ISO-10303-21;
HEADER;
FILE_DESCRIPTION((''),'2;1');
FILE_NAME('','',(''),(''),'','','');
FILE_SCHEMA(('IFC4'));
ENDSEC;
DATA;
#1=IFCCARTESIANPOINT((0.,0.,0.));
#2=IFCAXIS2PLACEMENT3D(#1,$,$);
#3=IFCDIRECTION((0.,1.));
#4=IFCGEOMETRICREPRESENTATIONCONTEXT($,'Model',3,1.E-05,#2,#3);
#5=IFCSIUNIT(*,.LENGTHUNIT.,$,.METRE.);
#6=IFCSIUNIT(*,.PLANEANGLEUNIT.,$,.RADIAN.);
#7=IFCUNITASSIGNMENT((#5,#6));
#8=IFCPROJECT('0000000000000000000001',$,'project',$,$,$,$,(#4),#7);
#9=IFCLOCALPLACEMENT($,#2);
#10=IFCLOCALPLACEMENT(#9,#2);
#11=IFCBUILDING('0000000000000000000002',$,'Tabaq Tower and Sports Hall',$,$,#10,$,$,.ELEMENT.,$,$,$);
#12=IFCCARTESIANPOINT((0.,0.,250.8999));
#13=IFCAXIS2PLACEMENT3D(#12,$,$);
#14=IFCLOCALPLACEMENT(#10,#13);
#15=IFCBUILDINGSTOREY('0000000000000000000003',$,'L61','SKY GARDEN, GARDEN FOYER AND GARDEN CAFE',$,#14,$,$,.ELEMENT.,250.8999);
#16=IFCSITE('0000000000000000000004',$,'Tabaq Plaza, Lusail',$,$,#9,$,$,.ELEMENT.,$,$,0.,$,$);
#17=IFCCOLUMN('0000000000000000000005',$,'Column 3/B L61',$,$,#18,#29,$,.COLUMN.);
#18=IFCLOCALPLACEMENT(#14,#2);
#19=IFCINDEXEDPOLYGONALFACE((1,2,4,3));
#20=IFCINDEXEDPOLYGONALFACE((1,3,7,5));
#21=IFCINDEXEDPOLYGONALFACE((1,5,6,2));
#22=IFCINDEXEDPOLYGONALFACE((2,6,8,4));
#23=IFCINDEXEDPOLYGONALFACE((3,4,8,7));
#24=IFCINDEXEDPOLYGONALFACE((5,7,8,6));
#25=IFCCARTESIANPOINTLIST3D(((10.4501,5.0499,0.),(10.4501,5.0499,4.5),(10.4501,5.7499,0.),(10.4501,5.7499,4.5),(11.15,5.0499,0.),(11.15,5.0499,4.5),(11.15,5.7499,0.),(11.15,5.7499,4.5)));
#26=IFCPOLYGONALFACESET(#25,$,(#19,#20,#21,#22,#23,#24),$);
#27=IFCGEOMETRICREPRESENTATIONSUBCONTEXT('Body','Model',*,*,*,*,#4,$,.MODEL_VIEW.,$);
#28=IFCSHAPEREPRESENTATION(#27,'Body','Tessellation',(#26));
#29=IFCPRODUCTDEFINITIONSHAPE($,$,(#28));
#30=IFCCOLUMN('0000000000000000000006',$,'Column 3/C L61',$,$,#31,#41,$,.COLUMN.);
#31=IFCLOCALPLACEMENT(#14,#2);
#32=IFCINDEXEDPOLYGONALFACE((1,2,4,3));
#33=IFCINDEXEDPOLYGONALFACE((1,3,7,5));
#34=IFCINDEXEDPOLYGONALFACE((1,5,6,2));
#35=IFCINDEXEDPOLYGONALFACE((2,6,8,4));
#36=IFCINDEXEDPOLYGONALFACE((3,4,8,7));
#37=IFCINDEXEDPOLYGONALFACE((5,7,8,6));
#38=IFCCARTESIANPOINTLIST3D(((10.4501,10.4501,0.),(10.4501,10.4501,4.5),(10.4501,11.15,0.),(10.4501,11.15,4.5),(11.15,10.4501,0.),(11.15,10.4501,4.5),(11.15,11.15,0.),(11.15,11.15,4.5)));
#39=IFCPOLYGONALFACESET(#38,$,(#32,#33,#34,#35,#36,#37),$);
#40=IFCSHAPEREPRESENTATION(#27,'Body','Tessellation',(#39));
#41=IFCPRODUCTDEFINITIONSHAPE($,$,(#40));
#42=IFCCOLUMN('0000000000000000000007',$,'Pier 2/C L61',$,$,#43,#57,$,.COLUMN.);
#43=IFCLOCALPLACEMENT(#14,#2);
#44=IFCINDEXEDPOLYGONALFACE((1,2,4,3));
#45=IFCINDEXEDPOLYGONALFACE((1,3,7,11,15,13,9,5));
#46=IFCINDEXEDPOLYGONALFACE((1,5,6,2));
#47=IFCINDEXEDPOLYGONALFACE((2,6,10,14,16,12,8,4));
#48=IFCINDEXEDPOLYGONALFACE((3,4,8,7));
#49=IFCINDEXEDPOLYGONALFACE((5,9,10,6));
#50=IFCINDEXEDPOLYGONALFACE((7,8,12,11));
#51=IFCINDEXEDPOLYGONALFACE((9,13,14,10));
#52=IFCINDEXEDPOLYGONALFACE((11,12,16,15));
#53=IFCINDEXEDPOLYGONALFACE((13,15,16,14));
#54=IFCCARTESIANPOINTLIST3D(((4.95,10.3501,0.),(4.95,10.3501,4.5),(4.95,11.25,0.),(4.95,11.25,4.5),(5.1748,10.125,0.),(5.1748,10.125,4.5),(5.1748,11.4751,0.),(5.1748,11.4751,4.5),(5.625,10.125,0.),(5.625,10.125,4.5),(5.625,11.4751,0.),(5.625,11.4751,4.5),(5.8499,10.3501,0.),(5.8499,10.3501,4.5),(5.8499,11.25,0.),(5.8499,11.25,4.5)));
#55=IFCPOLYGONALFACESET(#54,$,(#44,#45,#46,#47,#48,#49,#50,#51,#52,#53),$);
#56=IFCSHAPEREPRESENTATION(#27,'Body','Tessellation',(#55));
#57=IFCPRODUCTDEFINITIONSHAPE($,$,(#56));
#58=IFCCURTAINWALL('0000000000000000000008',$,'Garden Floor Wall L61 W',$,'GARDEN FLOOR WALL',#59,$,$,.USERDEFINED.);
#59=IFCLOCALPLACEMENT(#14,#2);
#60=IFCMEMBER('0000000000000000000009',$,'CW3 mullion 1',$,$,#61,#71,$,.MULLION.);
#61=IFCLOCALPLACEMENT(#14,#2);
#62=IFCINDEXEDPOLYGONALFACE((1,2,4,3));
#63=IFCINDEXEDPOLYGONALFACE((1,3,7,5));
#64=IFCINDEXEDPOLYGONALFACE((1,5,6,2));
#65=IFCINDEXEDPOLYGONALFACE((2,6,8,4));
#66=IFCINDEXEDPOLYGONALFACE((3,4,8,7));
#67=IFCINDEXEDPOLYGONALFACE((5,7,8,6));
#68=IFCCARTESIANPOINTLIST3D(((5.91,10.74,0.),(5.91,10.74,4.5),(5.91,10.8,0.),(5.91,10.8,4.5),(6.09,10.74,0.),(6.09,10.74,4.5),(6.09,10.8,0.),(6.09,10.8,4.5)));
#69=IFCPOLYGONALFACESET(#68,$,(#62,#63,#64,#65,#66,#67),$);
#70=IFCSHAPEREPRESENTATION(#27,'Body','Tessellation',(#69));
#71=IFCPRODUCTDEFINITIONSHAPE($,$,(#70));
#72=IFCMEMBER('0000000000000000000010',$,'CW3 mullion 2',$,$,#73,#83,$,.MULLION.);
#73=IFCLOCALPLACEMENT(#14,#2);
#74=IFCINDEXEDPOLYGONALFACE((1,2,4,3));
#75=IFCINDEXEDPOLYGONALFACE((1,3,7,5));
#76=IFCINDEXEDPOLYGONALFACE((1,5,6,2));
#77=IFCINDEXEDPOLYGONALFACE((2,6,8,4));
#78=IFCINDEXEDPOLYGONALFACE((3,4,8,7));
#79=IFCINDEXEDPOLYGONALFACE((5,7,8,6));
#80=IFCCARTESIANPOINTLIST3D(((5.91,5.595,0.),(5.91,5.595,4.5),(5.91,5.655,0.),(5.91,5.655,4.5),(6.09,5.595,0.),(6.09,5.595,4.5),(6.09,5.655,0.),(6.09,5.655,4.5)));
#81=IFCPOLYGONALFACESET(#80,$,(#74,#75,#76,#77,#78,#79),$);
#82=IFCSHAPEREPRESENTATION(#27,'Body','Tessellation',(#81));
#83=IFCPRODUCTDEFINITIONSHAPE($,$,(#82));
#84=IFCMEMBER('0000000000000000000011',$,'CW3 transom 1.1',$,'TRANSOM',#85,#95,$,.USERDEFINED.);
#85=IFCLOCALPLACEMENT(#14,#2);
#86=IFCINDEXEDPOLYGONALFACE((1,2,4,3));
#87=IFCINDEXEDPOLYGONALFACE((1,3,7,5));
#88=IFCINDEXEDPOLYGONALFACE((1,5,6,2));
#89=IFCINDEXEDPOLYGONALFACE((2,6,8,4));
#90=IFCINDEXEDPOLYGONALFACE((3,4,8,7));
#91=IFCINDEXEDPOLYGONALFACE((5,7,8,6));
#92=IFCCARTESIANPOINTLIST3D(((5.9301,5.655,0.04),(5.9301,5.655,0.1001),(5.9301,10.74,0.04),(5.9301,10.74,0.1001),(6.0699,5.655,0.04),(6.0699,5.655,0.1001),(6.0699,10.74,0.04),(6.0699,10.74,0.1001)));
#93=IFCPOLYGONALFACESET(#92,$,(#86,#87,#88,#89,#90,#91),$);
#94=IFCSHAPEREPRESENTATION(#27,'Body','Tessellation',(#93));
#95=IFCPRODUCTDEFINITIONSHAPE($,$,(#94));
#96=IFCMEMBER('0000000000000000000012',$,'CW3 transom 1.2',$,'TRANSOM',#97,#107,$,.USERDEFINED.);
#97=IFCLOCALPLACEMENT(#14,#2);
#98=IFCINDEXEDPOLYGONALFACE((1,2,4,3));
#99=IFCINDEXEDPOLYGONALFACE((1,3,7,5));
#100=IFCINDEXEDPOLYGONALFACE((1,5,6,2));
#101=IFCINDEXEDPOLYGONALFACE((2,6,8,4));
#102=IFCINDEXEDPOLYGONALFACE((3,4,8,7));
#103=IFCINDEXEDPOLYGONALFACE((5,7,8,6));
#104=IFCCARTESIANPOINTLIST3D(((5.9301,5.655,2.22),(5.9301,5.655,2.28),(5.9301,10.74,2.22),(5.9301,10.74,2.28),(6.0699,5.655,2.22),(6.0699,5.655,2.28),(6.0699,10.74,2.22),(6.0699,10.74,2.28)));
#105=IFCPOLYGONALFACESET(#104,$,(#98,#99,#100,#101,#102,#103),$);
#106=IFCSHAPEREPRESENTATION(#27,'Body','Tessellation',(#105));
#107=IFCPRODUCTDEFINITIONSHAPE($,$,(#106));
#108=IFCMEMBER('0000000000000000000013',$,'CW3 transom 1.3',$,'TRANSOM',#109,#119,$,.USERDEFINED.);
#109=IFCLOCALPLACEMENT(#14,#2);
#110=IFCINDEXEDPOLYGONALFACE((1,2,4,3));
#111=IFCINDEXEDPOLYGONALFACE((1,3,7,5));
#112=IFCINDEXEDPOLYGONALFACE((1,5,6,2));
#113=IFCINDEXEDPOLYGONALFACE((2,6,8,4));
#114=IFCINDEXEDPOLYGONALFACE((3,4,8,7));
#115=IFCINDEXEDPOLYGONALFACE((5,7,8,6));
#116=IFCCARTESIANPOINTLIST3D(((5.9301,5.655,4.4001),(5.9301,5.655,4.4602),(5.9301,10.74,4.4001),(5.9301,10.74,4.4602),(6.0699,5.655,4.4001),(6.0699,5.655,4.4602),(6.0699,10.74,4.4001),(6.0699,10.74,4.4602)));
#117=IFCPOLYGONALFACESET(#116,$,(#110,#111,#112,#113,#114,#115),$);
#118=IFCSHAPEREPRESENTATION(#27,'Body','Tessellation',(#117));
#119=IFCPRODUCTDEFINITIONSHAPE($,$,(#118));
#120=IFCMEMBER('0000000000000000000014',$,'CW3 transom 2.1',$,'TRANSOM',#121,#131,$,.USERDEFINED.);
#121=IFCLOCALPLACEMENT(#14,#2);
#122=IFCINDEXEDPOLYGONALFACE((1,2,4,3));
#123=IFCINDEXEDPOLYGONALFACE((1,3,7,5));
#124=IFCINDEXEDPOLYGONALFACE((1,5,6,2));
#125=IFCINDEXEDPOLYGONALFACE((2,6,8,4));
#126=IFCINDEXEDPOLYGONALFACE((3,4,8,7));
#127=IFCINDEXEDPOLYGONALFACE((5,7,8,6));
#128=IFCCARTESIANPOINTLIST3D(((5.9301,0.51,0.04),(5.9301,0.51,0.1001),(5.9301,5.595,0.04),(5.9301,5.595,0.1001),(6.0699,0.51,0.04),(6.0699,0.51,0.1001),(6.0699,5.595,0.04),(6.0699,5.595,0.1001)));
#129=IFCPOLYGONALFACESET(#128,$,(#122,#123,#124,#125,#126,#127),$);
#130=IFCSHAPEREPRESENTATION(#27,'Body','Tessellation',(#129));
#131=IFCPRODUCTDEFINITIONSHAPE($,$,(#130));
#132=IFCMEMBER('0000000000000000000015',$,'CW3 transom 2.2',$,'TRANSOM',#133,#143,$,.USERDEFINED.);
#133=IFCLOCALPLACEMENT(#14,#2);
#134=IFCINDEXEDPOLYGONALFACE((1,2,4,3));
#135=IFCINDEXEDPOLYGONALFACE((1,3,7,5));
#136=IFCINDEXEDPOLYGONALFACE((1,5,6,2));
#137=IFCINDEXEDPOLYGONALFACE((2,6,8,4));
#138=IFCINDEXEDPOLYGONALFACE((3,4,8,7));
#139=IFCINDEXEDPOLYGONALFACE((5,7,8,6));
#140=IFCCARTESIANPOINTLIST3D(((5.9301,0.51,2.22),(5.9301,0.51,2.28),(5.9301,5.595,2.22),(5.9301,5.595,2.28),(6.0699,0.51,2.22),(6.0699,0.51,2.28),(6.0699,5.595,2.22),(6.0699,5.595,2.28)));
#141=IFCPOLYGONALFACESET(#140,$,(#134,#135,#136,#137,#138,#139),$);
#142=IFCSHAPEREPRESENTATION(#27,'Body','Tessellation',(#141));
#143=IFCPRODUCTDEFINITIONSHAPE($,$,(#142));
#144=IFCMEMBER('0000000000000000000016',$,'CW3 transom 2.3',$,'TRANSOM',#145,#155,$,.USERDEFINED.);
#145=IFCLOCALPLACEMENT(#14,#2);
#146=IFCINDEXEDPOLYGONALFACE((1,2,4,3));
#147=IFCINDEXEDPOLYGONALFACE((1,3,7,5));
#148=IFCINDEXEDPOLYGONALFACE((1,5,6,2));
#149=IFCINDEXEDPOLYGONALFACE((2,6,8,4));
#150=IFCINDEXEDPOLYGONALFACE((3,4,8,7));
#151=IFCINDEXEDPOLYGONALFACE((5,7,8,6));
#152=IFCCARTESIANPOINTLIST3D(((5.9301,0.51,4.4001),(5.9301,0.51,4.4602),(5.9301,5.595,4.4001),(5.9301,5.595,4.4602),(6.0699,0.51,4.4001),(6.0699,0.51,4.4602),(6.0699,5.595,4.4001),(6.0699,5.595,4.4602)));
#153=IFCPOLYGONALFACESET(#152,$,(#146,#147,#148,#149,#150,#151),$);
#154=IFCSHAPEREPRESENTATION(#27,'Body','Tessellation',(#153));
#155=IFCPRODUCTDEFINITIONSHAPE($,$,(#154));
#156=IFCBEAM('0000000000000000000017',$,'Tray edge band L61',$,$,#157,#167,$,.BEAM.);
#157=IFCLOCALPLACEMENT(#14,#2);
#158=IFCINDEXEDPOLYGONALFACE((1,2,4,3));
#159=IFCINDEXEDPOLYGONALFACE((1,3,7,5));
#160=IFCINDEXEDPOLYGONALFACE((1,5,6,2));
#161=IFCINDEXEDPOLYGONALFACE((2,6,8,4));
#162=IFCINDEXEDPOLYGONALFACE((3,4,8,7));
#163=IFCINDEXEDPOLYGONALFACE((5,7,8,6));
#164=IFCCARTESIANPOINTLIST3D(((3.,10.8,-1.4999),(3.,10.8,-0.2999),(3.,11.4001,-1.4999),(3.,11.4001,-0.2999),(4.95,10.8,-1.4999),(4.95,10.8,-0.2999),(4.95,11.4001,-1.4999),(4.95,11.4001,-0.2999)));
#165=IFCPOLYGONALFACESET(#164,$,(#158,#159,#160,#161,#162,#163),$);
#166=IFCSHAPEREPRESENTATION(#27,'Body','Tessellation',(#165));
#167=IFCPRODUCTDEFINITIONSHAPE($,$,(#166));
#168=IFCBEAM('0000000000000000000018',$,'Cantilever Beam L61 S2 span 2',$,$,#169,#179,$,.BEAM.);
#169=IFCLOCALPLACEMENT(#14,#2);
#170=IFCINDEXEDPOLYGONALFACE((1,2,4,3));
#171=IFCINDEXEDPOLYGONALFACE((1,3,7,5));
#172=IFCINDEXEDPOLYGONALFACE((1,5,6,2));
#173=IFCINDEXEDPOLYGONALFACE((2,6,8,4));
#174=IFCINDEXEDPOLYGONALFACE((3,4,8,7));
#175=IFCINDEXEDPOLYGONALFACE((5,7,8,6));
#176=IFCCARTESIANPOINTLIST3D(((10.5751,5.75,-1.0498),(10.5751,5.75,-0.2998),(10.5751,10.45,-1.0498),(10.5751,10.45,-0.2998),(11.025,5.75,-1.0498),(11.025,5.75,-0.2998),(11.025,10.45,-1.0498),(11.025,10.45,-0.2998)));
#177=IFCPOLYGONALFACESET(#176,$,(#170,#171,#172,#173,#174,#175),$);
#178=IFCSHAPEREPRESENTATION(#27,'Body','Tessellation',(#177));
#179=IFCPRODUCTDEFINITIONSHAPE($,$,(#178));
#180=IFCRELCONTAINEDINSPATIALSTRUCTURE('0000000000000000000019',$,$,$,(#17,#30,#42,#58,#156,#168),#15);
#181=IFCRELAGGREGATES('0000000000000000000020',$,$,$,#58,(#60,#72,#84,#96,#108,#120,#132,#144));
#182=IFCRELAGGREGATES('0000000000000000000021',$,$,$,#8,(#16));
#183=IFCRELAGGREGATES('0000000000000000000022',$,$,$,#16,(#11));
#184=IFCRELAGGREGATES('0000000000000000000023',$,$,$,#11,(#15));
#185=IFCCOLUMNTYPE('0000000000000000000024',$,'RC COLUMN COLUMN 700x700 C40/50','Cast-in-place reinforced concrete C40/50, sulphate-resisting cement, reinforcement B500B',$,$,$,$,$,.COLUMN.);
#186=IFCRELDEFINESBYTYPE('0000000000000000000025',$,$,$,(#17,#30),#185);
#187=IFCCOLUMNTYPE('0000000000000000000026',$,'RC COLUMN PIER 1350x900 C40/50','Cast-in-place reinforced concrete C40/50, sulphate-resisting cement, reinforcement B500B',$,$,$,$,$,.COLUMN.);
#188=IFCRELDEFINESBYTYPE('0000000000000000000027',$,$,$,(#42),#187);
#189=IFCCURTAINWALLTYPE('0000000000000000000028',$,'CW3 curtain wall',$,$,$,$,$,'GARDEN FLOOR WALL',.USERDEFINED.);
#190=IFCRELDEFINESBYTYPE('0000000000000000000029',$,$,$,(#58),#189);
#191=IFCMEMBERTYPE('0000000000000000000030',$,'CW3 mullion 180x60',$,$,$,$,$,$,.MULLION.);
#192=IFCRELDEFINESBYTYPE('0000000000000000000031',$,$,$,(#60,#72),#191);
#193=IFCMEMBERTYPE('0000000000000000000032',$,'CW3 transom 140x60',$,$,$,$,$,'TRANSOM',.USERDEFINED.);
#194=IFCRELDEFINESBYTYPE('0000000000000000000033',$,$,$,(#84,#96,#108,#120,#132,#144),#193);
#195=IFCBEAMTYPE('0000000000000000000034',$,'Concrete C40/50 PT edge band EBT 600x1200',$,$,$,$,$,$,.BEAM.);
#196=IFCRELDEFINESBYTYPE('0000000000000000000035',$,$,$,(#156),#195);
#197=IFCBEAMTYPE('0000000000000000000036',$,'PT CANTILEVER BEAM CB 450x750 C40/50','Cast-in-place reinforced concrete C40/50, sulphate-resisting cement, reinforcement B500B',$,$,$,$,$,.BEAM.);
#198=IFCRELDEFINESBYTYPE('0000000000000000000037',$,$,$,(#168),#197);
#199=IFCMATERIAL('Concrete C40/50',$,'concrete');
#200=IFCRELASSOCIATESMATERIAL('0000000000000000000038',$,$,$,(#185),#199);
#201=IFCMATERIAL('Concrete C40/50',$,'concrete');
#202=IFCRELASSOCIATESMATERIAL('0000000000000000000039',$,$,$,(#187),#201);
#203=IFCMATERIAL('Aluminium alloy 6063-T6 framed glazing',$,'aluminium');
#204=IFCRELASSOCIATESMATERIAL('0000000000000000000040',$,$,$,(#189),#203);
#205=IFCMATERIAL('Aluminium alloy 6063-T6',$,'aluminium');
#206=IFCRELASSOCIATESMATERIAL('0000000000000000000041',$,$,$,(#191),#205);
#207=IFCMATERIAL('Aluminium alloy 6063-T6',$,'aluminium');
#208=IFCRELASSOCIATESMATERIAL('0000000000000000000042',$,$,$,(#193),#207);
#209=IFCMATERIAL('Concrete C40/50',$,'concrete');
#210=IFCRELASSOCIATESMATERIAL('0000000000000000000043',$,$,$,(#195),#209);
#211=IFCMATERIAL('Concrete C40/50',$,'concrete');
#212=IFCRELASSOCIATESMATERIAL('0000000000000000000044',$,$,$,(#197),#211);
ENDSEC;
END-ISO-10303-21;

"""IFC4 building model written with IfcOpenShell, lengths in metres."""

from ifc_helpers import new_model, si_unit, direction, frame, origin, origin_2d, place, context, subcontext, project, spatial, polyline, rectangle, outline, extrude, material, material_profile, profile_set, type_object, element, aggregate, save


model = new_model("IFC4")

# Units and contexts
model_context = context("Model", 3, precision=1e-05, world=origin(), true_north=direction((0.0, 1.0)))
body_context = subcontext(model_context, "Body", "Model", "MODEL_VIEW")
ifc_project = project(units=[si_unit("LENGTHUNIT", "METRE"), si_unit("PLANEANGLEUNIT", "RADIAN")], contexts=[model_context])

# Site, building, storey
site_placement = place(None, origin())
site = spatial("IfcSite", under=ifc_project, at=site_placement, Name="Tabaq Plaza, Lusail", CompositionType="ELEMENT", RefElevation=0.0)
building_placement = place(site_placement, origin())
building = spatial("IfcBuilding", under=site, at=building_placement, Name="Tabaq Tower and Sports Hall", CompositionType="ELEMENT")
storey_placement = place(building_placement, frame((0.0, 0.0, 250.8999)))
storey = spatial("IfcBuildingStorey", under=building, at=storey_placement, Name="L61", Description="SKY GARDEN, GARDEN FOYER AND GARDEN CAFE", CompositionType="ELEMENT", Elevation=250.8999)

# Columns
ifc_material_1 = material(Name="Concrete C40/50", Category="concrete")
ifc_material_profile_1 = material_profile(ifc_material_1, rectangle(XDim=0.7, YDim=0.7, at=origin_2d()), Name="COLUMN 700x700")
ifc_profile_set_1 = profile_set([ifc_material_profile_1], Name="Concrete C40/50")
column_type_1 = type_object("IfcColumnType", Name="RC COLUMN COLUMN 700x700 C40/50", Description="Cast-in-place reinforced concrete C40/50, sulphate-resisting cement, reinforcement B500B", PredefinedType="COLUMN", material=ifc_profile_set_1)
for number, where, z_axis, x_axis, name in (
    (1, (10.8, 5.3999, 0.0), (0.0, 0.0, 1.0), (1.0, 0.0, 0.0), "Column 3/B L61"),
    (2, (10.8, 10.8, 0.0), (0.0, 0.0, 1.0), (1.0, 0.0, 0.0), "Column 3/C L61"),
):
    element("IfcColumn", number, at=place(storey_placement, frame(where, z_axis=z_axis, x_axis=x_axis)), inside=storey, type_object=column_type_1, Name=name, PredefinedType="COLUMN", context=body_context, shape_type="SweptSolid", body=[
        extrude(rectangle(XDim=0.7, YDim=0.7, at=origin_2d()), origin(), (0.0, 0.0, 1.0), 4.5),
    ])
ifc_material_2 = material(Name="Concrete C40/50", Category="concrete")
ifc_material_profile_2 = material_profile(ifc_material_2, outline(polyline([(-0.45, -0.45), (0.45, -0.45), (0.675, -0.2251), (0.675, 0.2251), (0.45, 0.45), (-0.45, 0.45), (-0.675, 0.2251), (-0.675, -0.2251), (-0.45, -0.45)])), Name="PIER 1350x900")
ifc_profile_set_2 = profile_set([ifc_material_profile_2], Name="Concrete C40/50")
column_type_2 = type_object("IfcColumnType", Name="RC COLUMN PIER 1350x900 C40/50", Description="Cast-in-place reinforced concrete C40/50, sulphate-resisting cement, reinforcement B500B", PredefinedType="COLUMN", material=ifc_profile_set_2)
column_placement = place(storey_placement, frame((5.3999, 10.8, 0.0), z_axis=(0.0, 0.0, 1.0), x_axis=(0.0, 1.0, 0.0)))
element("IfcColumn", 3, at=column_placement, inside=storey, type_object=column_type_2, Name="Pier 2/C L61", PredefinedType="COLUMN", context=body_context, shape_type="SweptSolid", body=[
    extrude(outline(polyline([(-0.45, -0.45), (0.45, -0.45), (0.675, -0.2251), (0.675, 0.2251), (0.45, 0.45), (-0.45, 0.45), (-0.675, 0.2251), (-0.675, -0.2251), (-0.45, -0.45)])), origin(), (0.0, 0.0, 1.0), 4.5),
])

# Curtain wall, members
ifc_material_3 = material(Name="Aluminium alloy 6063-T6 framed glazing", Category="aluminium")
curtain_wall_type = type_object("IfcCurtainWallType", Name="CW3 curtain wall", ElementType="GARDEN FLOOR WALL", PredefinedType="USERDEFINED", material=ifc_material_3)
curtain_wall_placement = place(storey_placement, origin())
curtain_wall = element("IfcCurtainWall", 4, at=curtain_wall_placement, inside=storey, type_object=curtain_wall_type, Name="Garden Floor Wall L61 W", ObjectType="GARDEN FLOOR WALL", PredefinedType="USERDEFINED")
ifc_material_4 = material(Name="Aluminium alloy 6063-T6", Category="aluminium")
ifc_material_profile_3 = material_profile(ifc_material_4, rectangle(XDim=0.1799, YDim=0.0601, at=origin_2d()), Name="MULLION 180x60")
ifc_profile_set_3 = profile_set([ifc_material_profile_3], Name="Aluminium alloy 6063-T6")
member_type_1 = type_object("IfcMemberType", Name="CW3 mullion 180x60", PredefinedType="MULLION", material=ifc_profile_set_3)
member_1_placement = place(storey_placement, frame((6.0, 10.77, 0.0), z_axis=(0.0, 0.0, 1.0), x_axis=(1.0, 0.0, 0.0)))
member_1 = element("IfcMember", 5, at=member_1_placement, type_object=member_type_1, Name="CW3 mullion 1", PredefinedType="MULLION", context=body_context, shape_type="SweptSolid", body=[
    extrude(rectangle(XDim=0.1799, YDim=0.0601, at=origin_2d()), origin(), (0.0, 0.0, 1.0), 4.5),
])
member_2_placement = place(storey_placement, frame((6.0, 5.625, 0.0), z_axis=(0.0, 0.0, 1.0), x_axis=(1.0, 0.0, 0.0)))
member_2 = element("IfcMember", 6, at=member_2_placement, type_object=member_type_1, Name="CW3 mullion 2", PredefinedType="MULLION", context=body_context, shape_type="SweptSolid", body=[
    extrude(rectangle(XDim=0.1799, YDim=0.0601, at=origin_2d()), origin(), (0.0, 0.0, 1.0), 4.5),
])
ifc_material_5 = material(Name="Aluminium alloy 6063-T6", Category="aluminium")
ifc_material_profile_4 = material_profile(ifc_material_5, rectangle(XDim=0.1399, YDim=0.0601, at=origin_2d()), Name="TRANSOM 140x60")
ifc_profile_set_4 = profile_set([ifc_material_profile_4], Name="Aluminium alloy 6063-T6")
member_type_2 = type_object("IfcMemberType", Name="CW3 transom 140x60", ElementType="TRANSOM", PredefinedType="USERDEFINED", material=ifc_profile_set_4)
member_3_placement = place(storey_placement, frame((6.0, 10.74, 0.0701), z_axis=(0.0, -1.0, 0.0), x_axis=(1.0, 0.0, 0.0)))
member_3 = element("IfcMember", 7, at=member_3_placement, type_object=member_type_2, Name="CW3 transom 1.1", ObjectType="TRANSOM", PredefinedType="USERDEFINED", context=body_context, shape_type="SweptSolid", body=[
    extrude(rectangle(XDim=0.1399, YDim=0.0601, at=origin_2d()), origin(), (0.0, 0.0, 1.0), 5.085),
])
member_4_placement = place(storey_placement, frame((6.0, 10.74, 2.25), z_axis=(0.0, -1.0, 0.0), x_axis=(1.0, 0.0, 0.0)))
member_4 = element("IfcMember", 8, at=member_4_placement, type_object=member_type_2, Name="CW3 transom 1.2", ObjectType="TRANSOM", PredefinedType="USERDEFINED", context=body_context, shape_type="SweptSolid", body=[
    extrude(rectangle(XDim=0.1399, YDim=0.0601, at=origin_2d()), origin(), (0.0, 0.0, 1.0), 5.085),
])
member_5_placement = place(storey_placement, frame((6.0, 10.74, 4.4302), z_axis=(0.0, -1.0, 0.0), x_axis=(1.0, 0.0, 0.0)))
member_5 = element("IfcMember", 9, at=member_5_placement, type_object=member_type_2, Name="CW3 transom 1.3", ObjectType="TRANSOM", PredefinedType="USERDEFINED", context=body_context, shape_type="SweptSolid", body=[
    extrude(rectangle(XDim=0.1399, YDim=0.0601, at=origin_2d()), origin(), (0.0, 0.0, 1.0), 5.085),
])
member_6_placement = place(storey_placement, frame((6.0, 5.595, 0.0701), z_axis=(0.0, -1.0, 0.0), x_axis=(1.0, 0.0, 0.0)))
member_6 = element("IfcMember", 10, at=member_6_placement, type_object=member_type_2, Name="CW3 transom 2.1", ObjectType="TRANSOM", PredefinedType="USERDEFINED", context=body_context, shape_type="SweptSolid", body=[
    extrude(rectangle(XDim=0.1399, YDim=0.0601, at=origin_2d()), origin(), (0.0, 0.0, 1.0), 5.085),
])
member_7_placement = place(storey_placement, frame((6.0, 5.595, 2.25), z_axis=(0.0, -1.0, 0.0), x_axis=(1.0, 0.0, 0.0)))
member_7 = element("IfcMember", 11, at=member_7_placement, type_object=member_type_2, Name="CW3 transom 2.2", ObjectType="TRANSOM", PredefinedType="USERDEFINED", context=body_context, shape_type="SweptSolid", body=[
    extrude(rectangle(XDim=0.1399, YDim=0.0601, at=origin_2d()), origin(), (0.0, 0.0, 1.0), 5.085),
])
member_8_placement = place(storey_placement, frame((6.0, 5.595, 4.4302), z_axis=(0.0, -1.0, 0.0), x_axis=(1.0, 0.0, 0.0)))
member_8 = element("IfcMember", 12, at=member_8_placement, type_object=member_type_2, Name="CW3 transom 2.3", ObjectType="TRANSOM", PredefinedType="USERDEFINED", context=body_context, shape_type="SweptSolid", body=[
    extrude(rectangle(XDim=0.1399, YDim=0.0601, at=origin_2d()), origin(), (0.0, 0.0, 1.0), 5.085),
])

# Beams
ifc_material_6 = material(Name="Concrete C40/50", Category="concrete")
ifc_material_profile_5 = material_profile(ifc_material_6, rectangle(XDim=0.6001, YDim=1.2, at=origin_2d()), Name="EBT 600x1200")
ifc_profile_set_5 = profile_set([ifc_material_profile_5], Name="Concrete C40/50")
beam_type_1 = type_object("IfcBeamType", Name="Concrete C40/50 PT edge band EBT 600x1200", PredefinedType="BEAM", material=ifc_profile_set_5)
beam_1_placement = place(storey_placement, frame((4.95, 11.1001, -0.8999), z_axis=(-1.0, 0.0, 0.0), x_axis=(0.0, -1.0, 0.0)))
element("IfcBeam", 13, at=beam_1_placement, inside=storey, type_object=beam_type_1, Name="Tray edge band L61", PredefinedType="BEAM", context=body_context, shape_type="SweptSolid", body=[
    extrude(rectangle(XDim=0.6001, YDim=1.2, at=origin_2d()), origin(), (0.0, 0.0, 1.0), 1.95),
])
ifc_material_7 = material(Name="Concrete C40/50", Category="concrete")
ifc_material_profile_6 = material_profile(ifc_material_7, rectangle(XDim=0.45, YDim=0.75, at=origin_2d()), Name="CB 450x750")
ifc_profile_set_6 = profile_set([ifc_material_profile_6], Name="Concrete C40/50")
beam_type_2 = type_object("IfcBeamType", Name="PT CANTILEVER BEAM CB 450x750 C40/50", Description="Cast-in-place reinforced concrete C40/50, sulphate-resisting cement, reinforcement B500B", PredefinedType="BEAM", material=ifc_profile_set_6)
beam_2_placement = place(storey_placement, frame((10.8, 5.75, -0.6748), z_axis=(0.0, 1.0, 0.0), x_axis=(-1.0, 0.0, 0.0)))
element("IfcBeam", 14, at=beam_2_placement, inside=storey, type_object=beam_type_2, Name="Cantilever Beam L61 S2 span 2", PredefinedType="BEAM", context=body_context, shape_type="SweptSolid", body=[
    extrude(rectangle(XDim=0.45, YDim=0.75, at=origin_2d()), origin(), (0.0, 0.0, 1.0), 4.7),
])

aggregate(curtain_wall, [member_1, member_2, member_3, member_4, member_5, member_6, member_7, member_8])

save(model, "model.ifc")
